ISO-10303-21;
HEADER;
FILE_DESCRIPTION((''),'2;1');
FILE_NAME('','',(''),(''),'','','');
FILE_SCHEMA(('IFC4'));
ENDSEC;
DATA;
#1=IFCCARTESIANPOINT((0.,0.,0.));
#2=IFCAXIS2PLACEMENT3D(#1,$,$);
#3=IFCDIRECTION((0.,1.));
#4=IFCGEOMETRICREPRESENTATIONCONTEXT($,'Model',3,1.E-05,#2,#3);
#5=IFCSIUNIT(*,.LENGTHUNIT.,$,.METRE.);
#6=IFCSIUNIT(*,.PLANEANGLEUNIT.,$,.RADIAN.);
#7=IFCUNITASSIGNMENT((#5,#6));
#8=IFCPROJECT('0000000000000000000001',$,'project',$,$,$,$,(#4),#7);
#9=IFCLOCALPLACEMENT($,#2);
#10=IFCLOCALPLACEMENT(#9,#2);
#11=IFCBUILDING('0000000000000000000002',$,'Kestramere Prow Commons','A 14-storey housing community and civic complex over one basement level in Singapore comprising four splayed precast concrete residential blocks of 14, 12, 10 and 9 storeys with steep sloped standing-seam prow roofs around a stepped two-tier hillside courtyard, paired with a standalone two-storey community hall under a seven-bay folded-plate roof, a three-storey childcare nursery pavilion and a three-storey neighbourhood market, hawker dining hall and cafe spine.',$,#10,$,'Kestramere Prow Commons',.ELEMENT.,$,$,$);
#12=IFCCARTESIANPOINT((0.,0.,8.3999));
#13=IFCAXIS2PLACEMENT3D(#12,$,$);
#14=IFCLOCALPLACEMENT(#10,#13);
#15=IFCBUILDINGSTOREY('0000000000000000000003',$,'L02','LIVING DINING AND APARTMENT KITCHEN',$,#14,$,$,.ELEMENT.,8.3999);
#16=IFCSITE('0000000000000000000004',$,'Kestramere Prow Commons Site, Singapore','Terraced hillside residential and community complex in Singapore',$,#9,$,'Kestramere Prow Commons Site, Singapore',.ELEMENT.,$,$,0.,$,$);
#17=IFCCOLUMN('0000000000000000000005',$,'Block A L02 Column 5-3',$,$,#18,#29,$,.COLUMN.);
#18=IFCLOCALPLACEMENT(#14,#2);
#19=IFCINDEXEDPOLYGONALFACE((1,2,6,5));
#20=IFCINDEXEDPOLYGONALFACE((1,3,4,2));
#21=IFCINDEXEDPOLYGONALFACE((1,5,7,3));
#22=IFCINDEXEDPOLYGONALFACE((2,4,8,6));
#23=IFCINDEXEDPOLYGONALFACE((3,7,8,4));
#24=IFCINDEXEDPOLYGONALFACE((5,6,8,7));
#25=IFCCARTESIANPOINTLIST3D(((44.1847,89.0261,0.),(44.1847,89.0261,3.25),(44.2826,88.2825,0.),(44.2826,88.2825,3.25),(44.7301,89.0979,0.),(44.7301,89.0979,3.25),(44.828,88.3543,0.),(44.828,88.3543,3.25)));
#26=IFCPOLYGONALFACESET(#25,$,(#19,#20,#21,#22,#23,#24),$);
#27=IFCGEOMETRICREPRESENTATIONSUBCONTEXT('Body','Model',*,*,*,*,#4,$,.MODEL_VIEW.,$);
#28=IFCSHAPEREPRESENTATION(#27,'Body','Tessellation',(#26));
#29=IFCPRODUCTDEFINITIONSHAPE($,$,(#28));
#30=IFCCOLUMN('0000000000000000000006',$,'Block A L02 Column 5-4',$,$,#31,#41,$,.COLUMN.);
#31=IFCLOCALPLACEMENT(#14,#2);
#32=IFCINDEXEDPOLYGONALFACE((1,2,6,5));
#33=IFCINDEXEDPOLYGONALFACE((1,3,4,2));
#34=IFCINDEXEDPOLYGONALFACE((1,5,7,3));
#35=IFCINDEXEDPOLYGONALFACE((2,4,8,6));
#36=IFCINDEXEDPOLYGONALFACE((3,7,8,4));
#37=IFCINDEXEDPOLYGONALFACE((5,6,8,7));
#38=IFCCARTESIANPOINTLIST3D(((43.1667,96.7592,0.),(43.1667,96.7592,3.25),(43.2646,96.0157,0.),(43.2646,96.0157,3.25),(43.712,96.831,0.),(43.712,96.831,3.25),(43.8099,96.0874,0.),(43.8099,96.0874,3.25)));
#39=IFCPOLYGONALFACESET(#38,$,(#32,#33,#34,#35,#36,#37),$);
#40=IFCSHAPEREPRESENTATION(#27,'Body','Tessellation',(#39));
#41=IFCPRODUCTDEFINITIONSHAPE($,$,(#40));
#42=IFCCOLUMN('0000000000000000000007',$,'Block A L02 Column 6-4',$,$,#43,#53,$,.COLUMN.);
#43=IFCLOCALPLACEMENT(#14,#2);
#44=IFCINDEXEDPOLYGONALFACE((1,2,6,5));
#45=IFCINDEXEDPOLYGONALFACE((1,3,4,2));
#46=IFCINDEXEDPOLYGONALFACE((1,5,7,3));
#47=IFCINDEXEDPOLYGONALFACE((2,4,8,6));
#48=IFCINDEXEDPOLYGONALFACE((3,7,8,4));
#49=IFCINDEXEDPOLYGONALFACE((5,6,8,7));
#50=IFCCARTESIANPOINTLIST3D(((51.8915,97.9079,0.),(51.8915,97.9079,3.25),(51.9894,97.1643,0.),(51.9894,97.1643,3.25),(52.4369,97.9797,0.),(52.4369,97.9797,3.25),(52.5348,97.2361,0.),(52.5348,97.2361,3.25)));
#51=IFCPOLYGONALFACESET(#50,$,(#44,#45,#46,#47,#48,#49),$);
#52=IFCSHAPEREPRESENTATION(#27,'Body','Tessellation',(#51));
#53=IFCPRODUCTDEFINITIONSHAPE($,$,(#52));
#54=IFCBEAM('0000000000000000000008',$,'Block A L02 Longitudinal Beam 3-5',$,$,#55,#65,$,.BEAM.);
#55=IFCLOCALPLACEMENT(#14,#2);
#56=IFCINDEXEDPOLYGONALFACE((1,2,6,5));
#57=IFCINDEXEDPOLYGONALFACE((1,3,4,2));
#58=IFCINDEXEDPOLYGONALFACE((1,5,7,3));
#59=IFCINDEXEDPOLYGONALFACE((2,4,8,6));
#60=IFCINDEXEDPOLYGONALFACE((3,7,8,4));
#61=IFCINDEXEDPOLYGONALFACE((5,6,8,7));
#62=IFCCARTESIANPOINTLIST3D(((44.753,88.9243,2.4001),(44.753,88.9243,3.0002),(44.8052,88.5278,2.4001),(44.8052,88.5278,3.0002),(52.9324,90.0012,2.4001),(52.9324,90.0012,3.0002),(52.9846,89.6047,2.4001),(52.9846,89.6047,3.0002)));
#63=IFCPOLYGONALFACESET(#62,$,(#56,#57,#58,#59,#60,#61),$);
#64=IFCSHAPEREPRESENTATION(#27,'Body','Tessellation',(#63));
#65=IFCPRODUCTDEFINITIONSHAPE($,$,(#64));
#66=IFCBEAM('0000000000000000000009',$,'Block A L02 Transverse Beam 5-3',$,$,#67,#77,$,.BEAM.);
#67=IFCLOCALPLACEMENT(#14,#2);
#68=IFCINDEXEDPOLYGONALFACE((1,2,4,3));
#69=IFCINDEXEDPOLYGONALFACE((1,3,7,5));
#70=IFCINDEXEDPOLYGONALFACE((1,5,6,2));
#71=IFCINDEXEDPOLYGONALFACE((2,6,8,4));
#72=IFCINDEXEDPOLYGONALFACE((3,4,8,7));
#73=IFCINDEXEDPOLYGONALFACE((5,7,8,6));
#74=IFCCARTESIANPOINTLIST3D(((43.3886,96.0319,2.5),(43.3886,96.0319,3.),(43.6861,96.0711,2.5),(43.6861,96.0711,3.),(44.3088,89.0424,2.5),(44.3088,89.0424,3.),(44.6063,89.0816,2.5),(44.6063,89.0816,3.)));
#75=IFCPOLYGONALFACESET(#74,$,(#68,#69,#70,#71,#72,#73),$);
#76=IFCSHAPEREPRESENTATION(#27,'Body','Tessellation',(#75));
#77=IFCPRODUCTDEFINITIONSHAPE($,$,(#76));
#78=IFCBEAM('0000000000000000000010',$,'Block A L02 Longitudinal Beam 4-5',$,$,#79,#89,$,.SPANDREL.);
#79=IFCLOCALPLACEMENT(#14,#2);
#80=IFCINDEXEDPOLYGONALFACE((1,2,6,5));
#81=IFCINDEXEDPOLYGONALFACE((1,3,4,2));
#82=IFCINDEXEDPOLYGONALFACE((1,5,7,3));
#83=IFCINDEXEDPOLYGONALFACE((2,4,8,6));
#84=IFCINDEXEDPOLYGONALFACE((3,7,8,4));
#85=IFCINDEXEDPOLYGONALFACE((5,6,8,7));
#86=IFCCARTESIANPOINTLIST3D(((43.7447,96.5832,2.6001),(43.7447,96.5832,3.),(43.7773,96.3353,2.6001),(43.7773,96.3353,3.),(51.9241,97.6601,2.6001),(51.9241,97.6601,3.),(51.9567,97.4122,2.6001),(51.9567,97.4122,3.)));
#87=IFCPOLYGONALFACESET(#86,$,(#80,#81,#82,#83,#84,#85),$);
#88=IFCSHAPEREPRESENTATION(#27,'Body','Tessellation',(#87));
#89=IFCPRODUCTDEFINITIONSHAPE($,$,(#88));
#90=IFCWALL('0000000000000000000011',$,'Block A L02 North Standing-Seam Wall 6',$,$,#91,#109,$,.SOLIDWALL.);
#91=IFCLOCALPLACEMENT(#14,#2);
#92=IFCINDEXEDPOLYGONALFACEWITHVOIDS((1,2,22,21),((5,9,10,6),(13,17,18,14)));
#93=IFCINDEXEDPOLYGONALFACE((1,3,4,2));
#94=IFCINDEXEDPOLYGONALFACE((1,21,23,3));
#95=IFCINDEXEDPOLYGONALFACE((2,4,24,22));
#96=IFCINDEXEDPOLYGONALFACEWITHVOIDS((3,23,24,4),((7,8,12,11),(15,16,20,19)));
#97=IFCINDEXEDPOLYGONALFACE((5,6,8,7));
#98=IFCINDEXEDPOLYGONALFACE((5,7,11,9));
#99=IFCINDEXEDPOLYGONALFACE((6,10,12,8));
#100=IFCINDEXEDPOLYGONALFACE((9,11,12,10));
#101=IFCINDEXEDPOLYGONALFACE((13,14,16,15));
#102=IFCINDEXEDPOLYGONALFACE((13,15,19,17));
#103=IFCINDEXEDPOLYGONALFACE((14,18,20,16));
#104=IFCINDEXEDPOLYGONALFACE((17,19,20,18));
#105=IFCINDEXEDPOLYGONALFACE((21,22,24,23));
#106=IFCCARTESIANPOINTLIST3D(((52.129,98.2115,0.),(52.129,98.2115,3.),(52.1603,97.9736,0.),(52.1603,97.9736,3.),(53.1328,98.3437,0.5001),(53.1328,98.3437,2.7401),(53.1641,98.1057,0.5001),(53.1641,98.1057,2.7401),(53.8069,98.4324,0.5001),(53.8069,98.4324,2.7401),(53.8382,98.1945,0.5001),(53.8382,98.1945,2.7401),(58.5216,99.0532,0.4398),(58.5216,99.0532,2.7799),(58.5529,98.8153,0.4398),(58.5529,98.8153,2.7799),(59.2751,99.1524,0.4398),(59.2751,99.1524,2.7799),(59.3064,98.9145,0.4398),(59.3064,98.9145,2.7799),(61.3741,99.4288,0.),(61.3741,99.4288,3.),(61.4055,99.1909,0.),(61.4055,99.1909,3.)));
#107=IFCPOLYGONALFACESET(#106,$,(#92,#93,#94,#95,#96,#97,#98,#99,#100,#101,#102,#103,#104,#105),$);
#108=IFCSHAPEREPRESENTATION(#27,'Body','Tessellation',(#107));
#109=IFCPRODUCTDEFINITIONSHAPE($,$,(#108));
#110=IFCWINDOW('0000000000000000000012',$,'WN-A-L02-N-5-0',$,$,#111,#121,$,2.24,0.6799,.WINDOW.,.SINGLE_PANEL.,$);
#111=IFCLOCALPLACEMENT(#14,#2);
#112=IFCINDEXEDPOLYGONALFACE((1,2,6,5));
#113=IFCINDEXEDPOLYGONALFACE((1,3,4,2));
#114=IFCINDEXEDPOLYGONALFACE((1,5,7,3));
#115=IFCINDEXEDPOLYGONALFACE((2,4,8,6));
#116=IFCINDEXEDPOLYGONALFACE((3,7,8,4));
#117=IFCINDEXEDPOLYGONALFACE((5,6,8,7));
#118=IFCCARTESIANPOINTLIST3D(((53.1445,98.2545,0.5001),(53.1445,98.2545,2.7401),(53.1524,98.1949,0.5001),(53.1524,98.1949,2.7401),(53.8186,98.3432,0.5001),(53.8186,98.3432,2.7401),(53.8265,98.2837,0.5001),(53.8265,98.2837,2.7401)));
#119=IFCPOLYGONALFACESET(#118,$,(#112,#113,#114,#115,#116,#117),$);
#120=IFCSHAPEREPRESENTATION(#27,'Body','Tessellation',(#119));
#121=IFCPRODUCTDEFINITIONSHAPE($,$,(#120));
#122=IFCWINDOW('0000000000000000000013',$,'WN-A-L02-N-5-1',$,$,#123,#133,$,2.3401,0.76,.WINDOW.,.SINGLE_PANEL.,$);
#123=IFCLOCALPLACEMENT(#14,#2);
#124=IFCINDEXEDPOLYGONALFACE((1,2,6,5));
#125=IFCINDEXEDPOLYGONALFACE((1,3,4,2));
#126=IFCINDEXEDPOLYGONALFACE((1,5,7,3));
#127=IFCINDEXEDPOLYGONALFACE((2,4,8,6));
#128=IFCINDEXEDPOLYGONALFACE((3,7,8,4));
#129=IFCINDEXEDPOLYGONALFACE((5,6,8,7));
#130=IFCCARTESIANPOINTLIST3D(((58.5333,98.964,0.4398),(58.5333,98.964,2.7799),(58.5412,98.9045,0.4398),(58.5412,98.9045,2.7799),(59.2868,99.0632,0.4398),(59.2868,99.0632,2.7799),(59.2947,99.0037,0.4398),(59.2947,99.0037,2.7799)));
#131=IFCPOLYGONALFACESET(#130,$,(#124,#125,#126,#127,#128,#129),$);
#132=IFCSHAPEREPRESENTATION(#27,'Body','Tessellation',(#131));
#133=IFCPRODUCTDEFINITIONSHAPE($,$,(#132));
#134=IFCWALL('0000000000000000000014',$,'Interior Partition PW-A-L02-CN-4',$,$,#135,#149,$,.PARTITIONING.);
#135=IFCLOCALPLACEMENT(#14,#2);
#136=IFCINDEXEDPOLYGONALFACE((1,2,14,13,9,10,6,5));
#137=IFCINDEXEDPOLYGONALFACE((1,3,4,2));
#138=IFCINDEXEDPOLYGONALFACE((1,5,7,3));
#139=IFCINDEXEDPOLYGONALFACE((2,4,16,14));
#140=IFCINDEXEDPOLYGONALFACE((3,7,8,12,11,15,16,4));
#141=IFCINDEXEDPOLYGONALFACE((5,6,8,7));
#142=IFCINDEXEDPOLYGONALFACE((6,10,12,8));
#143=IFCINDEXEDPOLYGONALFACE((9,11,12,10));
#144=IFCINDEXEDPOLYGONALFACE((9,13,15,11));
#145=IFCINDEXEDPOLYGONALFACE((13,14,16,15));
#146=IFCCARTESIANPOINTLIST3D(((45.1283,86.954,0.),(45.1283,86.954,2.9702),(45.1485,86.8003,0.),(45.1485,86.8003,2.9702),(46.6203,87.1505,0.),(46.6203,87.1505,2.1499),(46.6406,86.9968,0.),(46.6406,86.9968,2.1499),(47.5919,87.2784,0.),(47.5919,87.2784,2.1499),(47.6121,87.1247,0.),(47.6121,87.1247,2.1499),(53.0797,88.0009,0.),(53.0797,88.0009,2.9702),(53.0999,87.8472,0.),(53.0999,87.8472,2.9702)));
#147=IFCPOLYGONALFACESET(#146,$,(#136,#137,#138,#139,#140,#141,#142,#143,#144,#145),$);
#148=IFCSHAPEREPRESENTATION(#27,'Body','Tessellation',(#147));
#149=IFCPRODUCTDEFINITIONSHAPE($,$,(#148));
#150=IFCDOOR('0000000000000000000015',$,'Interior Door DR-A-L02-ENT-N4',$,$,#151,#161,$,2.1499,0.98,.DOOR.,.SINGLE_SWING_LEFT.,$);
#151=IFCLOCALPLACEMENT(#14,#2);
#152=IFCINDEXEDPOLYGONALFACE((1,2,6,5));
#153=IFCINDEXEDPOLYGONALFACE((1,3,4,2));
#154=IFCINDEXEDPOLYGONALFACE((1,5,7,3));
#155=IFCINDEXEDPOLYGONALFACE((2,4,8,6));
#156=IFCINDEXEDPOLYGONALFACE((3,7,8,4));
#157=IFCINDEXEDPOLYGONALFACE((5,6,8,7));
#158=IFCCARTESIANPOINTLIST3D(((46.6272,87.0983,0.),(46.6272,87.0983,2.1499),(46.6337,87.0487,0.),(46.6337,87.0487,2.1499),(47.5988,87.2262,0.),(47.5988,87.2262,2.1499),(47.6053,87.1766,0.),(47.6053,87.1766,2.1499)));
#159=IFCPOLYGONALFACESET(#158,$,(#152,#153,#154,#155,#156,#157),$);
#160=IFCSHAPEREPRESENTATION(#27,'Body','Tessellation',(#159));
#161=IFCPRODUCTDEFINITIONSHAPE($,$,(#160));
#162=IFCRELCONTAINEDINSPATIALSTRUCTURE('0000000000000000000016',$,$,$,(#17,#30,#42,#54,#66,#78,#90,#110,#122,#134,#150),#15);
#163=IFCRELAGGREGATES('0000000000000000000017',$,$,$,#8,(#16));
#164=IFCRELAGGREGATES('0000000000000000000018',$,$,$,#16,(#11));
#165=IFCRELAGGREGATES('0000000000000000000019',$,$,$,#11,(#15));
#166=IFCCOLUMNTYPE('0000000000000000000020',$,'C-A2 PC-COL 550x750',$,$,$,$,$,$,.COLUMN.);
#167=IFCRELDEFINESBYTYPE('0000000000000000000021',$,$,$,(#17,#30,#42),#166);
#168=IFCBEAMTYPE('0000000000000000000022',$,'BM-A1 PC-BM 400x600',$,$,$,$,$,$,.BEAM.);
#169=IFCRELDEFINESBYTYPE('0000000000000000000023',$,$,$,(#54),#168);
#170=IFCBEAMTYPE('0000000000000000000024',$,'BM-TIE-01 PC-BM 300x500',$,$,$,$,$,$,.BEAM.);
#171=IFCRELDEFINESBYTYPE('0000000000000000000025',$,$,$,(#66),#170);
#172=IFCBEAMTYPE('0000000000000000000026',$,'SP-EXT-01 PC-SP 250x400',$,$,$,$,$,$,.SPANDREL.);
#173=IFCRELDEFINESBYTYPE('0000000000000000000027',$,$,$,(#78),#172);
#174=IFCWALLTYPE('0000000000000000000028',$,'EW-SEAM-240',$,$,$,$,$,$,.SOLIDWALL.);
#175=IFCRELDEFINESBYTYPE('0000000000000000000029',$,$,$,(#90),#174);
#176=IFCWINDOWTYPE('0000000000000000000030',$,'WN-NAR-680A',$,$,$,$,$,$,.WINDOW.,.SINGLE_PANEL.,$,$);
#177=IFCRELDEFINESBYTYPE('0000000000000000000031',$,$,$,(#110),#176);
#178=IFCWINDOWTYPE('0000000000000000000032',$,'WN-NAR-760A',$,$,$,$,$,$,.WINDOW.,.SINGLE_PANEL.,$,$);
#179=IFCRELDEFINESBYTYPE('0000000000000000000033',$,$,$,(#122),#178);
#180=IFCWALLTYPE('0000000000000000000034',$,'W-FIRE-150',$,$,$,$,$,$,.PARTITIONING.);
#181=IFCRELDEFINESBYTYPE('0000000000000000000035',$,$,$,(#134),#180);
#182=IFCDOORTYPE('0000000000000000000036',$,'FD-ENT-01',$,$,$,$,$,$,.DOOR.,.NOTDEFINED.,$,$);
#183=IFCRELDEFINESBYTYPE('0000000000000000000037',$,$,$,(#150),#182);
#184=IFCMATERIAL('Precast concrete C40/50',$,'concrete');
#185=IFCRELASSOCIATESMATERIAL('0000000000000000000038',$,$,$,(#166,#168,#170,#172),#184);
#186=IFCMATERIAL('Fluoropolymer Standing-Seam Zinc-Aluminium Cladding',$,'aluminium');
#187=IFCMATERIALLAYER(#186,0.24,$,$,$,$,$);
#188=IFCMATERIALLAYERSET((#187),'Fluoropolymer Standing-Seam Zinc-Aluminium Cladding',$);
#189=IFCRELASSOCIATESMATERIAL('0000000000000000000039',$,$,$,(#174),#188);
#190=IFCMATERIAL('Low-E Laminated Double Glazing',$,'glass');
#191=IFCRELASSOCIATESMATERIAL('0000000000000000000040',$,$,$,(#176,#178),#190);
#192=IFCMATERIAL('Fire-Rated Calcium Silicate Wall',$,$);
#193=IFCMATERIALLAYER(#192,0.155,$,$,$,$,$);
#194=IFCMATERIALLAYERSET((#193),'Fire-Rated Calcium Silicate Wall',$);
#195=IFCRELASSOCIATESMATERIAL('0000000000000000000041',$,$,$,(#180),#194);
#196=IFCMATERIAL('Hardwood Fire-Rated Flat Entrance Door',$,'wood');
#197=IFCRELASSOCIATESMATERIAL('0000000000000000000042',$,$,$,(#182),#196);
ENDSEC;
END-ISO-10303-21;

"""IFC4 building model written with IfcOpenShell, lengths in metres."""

from ifc_helpers import new_model, si_unit, direction, frame, frame_2d, origin, origin_2d, place, context, subcontext, project, spatial, rectangle, extrude, material, layer, layer_set, material_profile, profile_set, type_object, element, fill, save


model = new_model("IFC4")

# Units and contexts
model_context = context("Model", 3, precision=1e-05, world=origin(), true_north=direction((0.0, 1.0)))
body_context = subcontext(model_context, "Body", "Model", "MODEL_VIEW")
ifc_project = project(units=[si_unit("LENGTHUNIT", "METRE"), si_unit("PLANEANGLEUNIT", "RADIAN")], contexts=[model_context])

# Site, building, storey
site_placement = place(None, origin())
site = spatial("IfcSite", under=ifc_project, at=site_placement, Name="Kestramere Prow Commons Site, Singapore", Description="Terraced hillside residential and community complex in Singapore", LongName="Kestramere Prow Commons Site, Singapore", CompositionType="ELEMENT", RefElevation=0.0)
building_placement = place(site_placement, origin())
building = spatial("IfcBuilding", under=site, at=building_placement, Name="Kestramere Prow Commons", Description="A 14-storey housing community and civic complex over one basement level in Singapore comprising four splayed precast concrete residential blocks of 14, 12, 10 and 9 storeys with steep sloped standing-seam prow roofs around a stepped two-tier hillside courtyard, paired with a standalone two-storey community hall under a seven-bay folded-plate roof, a three-storey childcare nursery pavilion and a three-storey neighbourhood market, hawker dining hall and cafe spine.", LongName="Kestramere Prow Commons", CompositionType="ELEMENT")
storey_placement = place(building_placement, frame((0.0, 0.0, 8.3999)))
storey = spatial("IfcBuildingStorey", under=building, at=storey_placement, Name="L02", Description="LIVING DINING AND APARTMENT KITCHEN", CompositionType="ELEMENT", Elevation=8.3999)

# Columns
ifc_material_1 = material(Name="Precast concrete C40/50", Category="concrete")
ifc_material_profile_1 = material_profile(ifc_material_1, rectangle(XDim=0.55, YDim=0.75, at=origin_2d()), Name="PC-COL 550x750")
ifc_profile_set_1 = profile_set([ifc_material_profile_1], Name="Precast concrete C40/50")
column_type = type_object("IfcColumnType", Name="C-A2 PC-COL 550x750", PredefinedType="COLUMN", material=ifc_profile_set_1)
for number, where, z_axis, x_axis, name in (
    (1, (44.5063, 88.6902, 0.0), (0.0, 0.0, 1.0), (0.991445, 0.130526, 0.0), "Block A L02 Column 5-3"),
    (2, (43.4883, 96.4233, 0.0), (0.0, 0.0, 1.0), (0.991445, 0.130526, 0.0), "Block A L02 Column 5-4"),
    (3, (52.2131, 97.572, 0.0), (0.0, 0.0, 1.0), (0.991445, 0.130526, 0.0), "Block A L02 Column 6-4"),
):
    element("IfcColumn", number, at=place(storey_placement, frame(where, z_axis=z_axis, x_axis=x_axis)), inside=storey, type_object=column_type, Name=name, PredefinedType="COLUMN", context=body_context, shape_type="SweptSolid", body=[
        extrude(rectangle(XDim=0.55, YDim=0.75, at=origin_2d()), origin(), (0.0, 0.0, 1.0), 3.25),
    ])

# Beams
ifc_material_profile_2 = material_profile(ifc_material_1, rectangle(XDim=0.3999, YDim=0.6001, at=origin_2d()), Name="PC-BM 400x600")
ifc_profile_set_2 = profile_set([ifc_material_profile_2], Name="Precast concrete C40/50")
beam_type_1 = type_object("IfcBeamType", Name="BM-A1 PC-BM 400x600", PredefinedType="BEAM", material=ifc_profile_set_2)
beam_1_placement = place(storey_placement, frame((44.7791, 88.7261, 2.7002), z_axis=(0.991444, 0.130533, 0.0), x_axis=(-0.130533, 0.991444, 0.0)))
element("IfcBeam", 4, at=beam_1_placement, inside=storey, type_object=beam_type_1, Name="Block A L02 Longitudinal Beam 3-5", PredefinedType="BEAM", context=body_context, shape_type="SweptSolid", body=[
    extrude(rectangle(XDim=0.3999, YDim=0.6001, at=origin_2d()), origin(), (0.0, 0.0, 1.0), 8.25),
])
ifc_material_profile_3 = material_profile(ifc_material_1, rectangle(XDim=0.3, YDim=0.5, at=origin_2d()), Name="PC-BM 300x500")
ifc_profile_set_3 = profile_set([ifc_material_profile_3], Name="Precast concrete C40/50")
beam_type_2 = type_object("IfcBeamType", Name="BM-TIE-01 PC-BM 300x500", PredefinedType="BEAM", material=ifc_profile_set_3)
beam_2_placement = place(storey_placement, frame((44.4575, 89.062, 2.75), z_axis=(-0.130523, 0.991445, 0.0), x_axis=(-0.991445, -0.130523, 0.0)))
element("IfcBeam", 5, at=beam_2_placement, inside=storey, type_object=beam_type_2, Name="Block A L02 Transverse Beam 5-3", PredefinedType="BEAM", context=body_context, shape_type="SweptSolid", body=[
    extrude(rectangle(XDim=0.3, YDim=0.5, at=origin_2d()), origin(), (0.0, 0.0, 1.0), 7.0498),
])
ifc_material_profile_4 = material_profile(ifc_material_1, rectangle(XDim=0.25, YDim=0.3999, at=origin_2d()), Name="PC-SP 250x400")
ifc_profile_set_4 = profile_set([ifc_material_profile_4], Name="Precast concrete C40/50")
beam_type_3 = type_object("IfcBeamType", Name="SP-EXT-01 PC-SP 250x400", PredefinedType="SPANDREL", material=ifc_profile_set_4)
beam_3_placement = place(storey_placement, frame((43.761, 96.4592, 2.8), z_axis=(0.991444, 0.130533, 0.0), x_axis=(-0.130533, 0.991444, 0.0)))
element("IfcBeam", 6, at=beam_3_placement, inside=storey, type_object=beam_type_3, Name="Block A L02 Longitudinal Beam 4-5", PredefinedType="SPANDREL", context=body_context, shape_type="SweptSolid", body=[
    extrude(rectangle(XDim=0.25, YDim=0.3999, at=origin_2d()), origin(), (0.0, 0.0, 1.0), 8.25),
])

# Wall, openings, windows
ifc_material_2 = material(Name="Fluoropolymer Standing-Seam Zinc-Aluminium Cladding", Category="aluminium")
ifc_layer_1 = layer(ifc_material_2, 0.24)
ifc_layer_set_1 = layer_set([ifc_layer_1], Name="Fluoropolymer Standing-Seam Zinc-Aluminium Cladding")
wall_type_1 = type_object("IfcWallType", Name="EW-SEAM-240", PredefinedType="SOLIDWALL", material=ifc_layer_set_1)
wall_1_placement = place(storey_placement, frame((52.1445, 98.0925, 0.0), z_axis=(0.0, 0.0, 1.0), x_axis=(0.991443, 0.130541, 0.0)))
wall_1 = element("IfcWall", 7, at=wall_1_placement, inside=storey, type_object=wall_type_1, Name="Block A L02 North Standing-Seam Wall 6", PredefinedType="SOLIDWALL", context=body_context, shape_type="SweptSolid", body=[
    extrude(rectangle(XDim=9.325, YDim=0.24, at=frame_2d((4.6626, 0.0))), origin(), (0.0, 0.0, 1.0), 3.0),
])
opening_1_placement = place(wall_1_placement, frame((1.0127, 0.0, 0.5)))
opening_1 = element("IfcOpeningElement", 8, at=opening_1_placement, cuts=wall_1, PredefinedType="OPENING", context=body_context, shape_type="SweptSolid", body=[
    extrude(rectangle(XDim=0.6799, YDim=2.24, at=frame_2d((0.3398, 1.1201))), frame((0.0, 0.135, 0.0), z_axis=(0.0, -1.0, 0.0), x_axis=(1.0, 0.0, 0.0)), (0.0, 0.0, 1.0), 0.27),
])
opening_2_placement = place(wall_1_placement, frame((6.448, 0.0, 0.4399)))
opening_2 = element("IfcOpeningElement", 9, at=opening_2_placement, cuts=wall_1, PredefinedType="OPENING", context=body_context, shape_type="SweptSolid", body=[
    extrude(rectangle(XDim=0.76, YDim=2.3401, at=frame_2d((0.3799, 1.1699))), frame((0.0, 0.135, 0.0), z_axis=(0.0, -1.0, 0.0), x_axis=(1.0, 0.0, 0.0)), (0.0, 0.0, 1.0), 0.27),
])
ifc_material_3 = material(Name="Low-E Laminated Double Glazing", Category="glass")
window_type_1 = type_object("IfcWindowType", Name="WN-NAR-680A", PartitioningType="SINGLE_PANEL", PredefinedType="WINDOW", material=ifc_material_3)
window_1_placement = place(opening_1_placement, origin())
window_1 = element("IfcWindow", 10, at=window_1_placement, inside=storey, type_object=window_type_1, Name="WN-A-L02-N-5-0", OverallHeight=2.24, OverallWidth=0.6799, PartitioningType="SINGLE_PANEL", PredefinedType="WINDOW", context=body_context, shape_type="SweptSolid", body=[
    extrude(rectangle(XDim=0.6799, YDim=2.24, at=frame_2d((0.3398, 1.1201))), frame((0.0, 0.03, 0.0), z_axis=(0.0, -1.0, 0.0), x_axis=(1.0, 0.0, 0.0)), (0.0, 0.0, 1.0), 0.0601),
])
fill(opening_1, window_1)
window_type_2 = type_object("IfcWindowType", Name="WN-NAR-760A", PartitioningType="SINGLE_PANEL", PredefinedType="WINDOW", material=ifc_material_3)
window_2_placement = place(opening_2_placement, origin())
window_2 = element("IfcWindow", 11, at=window_2_placement, inside=storey, type_object=window_type_2, Name="WN-A-L02-N-5-1", OverallHeight=2.3401, OverallWidth=0.76, PartitioningType="SINGLE_PANEL", PredefinedType="WINDOW", context=body_context, shape_type="SweptSolid", body=[
    extrude(rectangle(XDim=0.76, YDim=2.3401, at=frame_2d((0.3799, 1.1699))), frame((0.0, 0.03, 0.0), z_axis=(0.0, -1.0, 0.0), x_axis=(1.0, 0.0, 0.0)), (0.0, 0.0, 1.0), 0.0601),
])
fill(opening_2, window_2)

# Wall, opening, door
ifc_material_4 = material(Name="Fire-Rated Calcium Silicate Wall")
ifc_layer_2 = layer(ifc_material_4, 0.155)
ifc_layer_set_2 = layer_set([ifc_layer_2], Name="Fire-Rated Calcium Silicate Wall")
wall_type_2 = type_object("IfcWallType", Name="W-FIRE-150", PredefinedType="PARTITIONING", material=ifc_layer_set_2)
wall_2_placement = place(storey_placement, frame((45.1384, 86.8772, 0.0), z_axis=(0.0, 0.0, 1.0), x_axis=(0.991444, 0.130532, 0.0)))
wall_2 = element("IfcWall", 12, at=wall_2_placement, inside=storey, type_object=wall_type_2, Name="Interior Partition PW-A-L02-CN-4", PredefinedType="PARTITIONING", context=body_context, shape_type="SweptSolid", body=[
    extrude(rectangle(XDim=8.02, YDim=0.155, at=frame_2d((4.01, 0.0))), origin(), (0.0, 0.0, 1.0), 2.9702),
])
opening_3_placement = place(wall_2_placement, frame((1.5049, 0.0, 0.0)))
opening_3 = element("IfcOpeningElement", 13, at=opening_3_placement, cuts=wall_2, PredefinedType="OPENING", context=body_context, shape_type="SweptSolid", body=[
    extrude(rectangle(XDim=0.98, YDim=2.1499, at=frame_2d((0.49, 1.075))), frame((0.0, 0.0925, 0.0), z_axis=(0.0, -1.0, 0.0), x_axis=(1.0, 0.0, 0.0)), (0.0, 0.0, 1.0), 0.1851),
])
ifc_material_5 = material(Name="Hardwood Fire-Rated Flat Entrance Door", Category="wood")
door_type_1 = type_object("IfcDoorType", Name="FD-ENT-01", OperationType="NOTDEFINED", PredefinedType="DOOR", material=ifc_material_5)
door_1_placement = place(opening_3_placement, origin())
door_1 = element("IfcDoor", 14, at=door_1_placement, inside=storey, type_object=door_type_1, Name="Interior Door DR-A-L02-ENT-N4", OperationType="SINGLE_SWING_LEFT", OverallHeight=2.1499, OverallWidth=0.98, PredefinedType="DOOR", context=body_context, shape_type="SweptSolid", body=[
    extrude(rectangle(XDim=0.98, YDim=2.1499, at=frame_2d((0.49, 1.075))), frame((0.0, 0.0249, 0.0), z_axis=(0.0, -1.0, 0.0), x_axis=(1.0, 0.0, 0.0)), (0.0, 0.0, 1.0), 0.05),
])
fill(opening_3, door_1)

save(model, "model.ifc")
